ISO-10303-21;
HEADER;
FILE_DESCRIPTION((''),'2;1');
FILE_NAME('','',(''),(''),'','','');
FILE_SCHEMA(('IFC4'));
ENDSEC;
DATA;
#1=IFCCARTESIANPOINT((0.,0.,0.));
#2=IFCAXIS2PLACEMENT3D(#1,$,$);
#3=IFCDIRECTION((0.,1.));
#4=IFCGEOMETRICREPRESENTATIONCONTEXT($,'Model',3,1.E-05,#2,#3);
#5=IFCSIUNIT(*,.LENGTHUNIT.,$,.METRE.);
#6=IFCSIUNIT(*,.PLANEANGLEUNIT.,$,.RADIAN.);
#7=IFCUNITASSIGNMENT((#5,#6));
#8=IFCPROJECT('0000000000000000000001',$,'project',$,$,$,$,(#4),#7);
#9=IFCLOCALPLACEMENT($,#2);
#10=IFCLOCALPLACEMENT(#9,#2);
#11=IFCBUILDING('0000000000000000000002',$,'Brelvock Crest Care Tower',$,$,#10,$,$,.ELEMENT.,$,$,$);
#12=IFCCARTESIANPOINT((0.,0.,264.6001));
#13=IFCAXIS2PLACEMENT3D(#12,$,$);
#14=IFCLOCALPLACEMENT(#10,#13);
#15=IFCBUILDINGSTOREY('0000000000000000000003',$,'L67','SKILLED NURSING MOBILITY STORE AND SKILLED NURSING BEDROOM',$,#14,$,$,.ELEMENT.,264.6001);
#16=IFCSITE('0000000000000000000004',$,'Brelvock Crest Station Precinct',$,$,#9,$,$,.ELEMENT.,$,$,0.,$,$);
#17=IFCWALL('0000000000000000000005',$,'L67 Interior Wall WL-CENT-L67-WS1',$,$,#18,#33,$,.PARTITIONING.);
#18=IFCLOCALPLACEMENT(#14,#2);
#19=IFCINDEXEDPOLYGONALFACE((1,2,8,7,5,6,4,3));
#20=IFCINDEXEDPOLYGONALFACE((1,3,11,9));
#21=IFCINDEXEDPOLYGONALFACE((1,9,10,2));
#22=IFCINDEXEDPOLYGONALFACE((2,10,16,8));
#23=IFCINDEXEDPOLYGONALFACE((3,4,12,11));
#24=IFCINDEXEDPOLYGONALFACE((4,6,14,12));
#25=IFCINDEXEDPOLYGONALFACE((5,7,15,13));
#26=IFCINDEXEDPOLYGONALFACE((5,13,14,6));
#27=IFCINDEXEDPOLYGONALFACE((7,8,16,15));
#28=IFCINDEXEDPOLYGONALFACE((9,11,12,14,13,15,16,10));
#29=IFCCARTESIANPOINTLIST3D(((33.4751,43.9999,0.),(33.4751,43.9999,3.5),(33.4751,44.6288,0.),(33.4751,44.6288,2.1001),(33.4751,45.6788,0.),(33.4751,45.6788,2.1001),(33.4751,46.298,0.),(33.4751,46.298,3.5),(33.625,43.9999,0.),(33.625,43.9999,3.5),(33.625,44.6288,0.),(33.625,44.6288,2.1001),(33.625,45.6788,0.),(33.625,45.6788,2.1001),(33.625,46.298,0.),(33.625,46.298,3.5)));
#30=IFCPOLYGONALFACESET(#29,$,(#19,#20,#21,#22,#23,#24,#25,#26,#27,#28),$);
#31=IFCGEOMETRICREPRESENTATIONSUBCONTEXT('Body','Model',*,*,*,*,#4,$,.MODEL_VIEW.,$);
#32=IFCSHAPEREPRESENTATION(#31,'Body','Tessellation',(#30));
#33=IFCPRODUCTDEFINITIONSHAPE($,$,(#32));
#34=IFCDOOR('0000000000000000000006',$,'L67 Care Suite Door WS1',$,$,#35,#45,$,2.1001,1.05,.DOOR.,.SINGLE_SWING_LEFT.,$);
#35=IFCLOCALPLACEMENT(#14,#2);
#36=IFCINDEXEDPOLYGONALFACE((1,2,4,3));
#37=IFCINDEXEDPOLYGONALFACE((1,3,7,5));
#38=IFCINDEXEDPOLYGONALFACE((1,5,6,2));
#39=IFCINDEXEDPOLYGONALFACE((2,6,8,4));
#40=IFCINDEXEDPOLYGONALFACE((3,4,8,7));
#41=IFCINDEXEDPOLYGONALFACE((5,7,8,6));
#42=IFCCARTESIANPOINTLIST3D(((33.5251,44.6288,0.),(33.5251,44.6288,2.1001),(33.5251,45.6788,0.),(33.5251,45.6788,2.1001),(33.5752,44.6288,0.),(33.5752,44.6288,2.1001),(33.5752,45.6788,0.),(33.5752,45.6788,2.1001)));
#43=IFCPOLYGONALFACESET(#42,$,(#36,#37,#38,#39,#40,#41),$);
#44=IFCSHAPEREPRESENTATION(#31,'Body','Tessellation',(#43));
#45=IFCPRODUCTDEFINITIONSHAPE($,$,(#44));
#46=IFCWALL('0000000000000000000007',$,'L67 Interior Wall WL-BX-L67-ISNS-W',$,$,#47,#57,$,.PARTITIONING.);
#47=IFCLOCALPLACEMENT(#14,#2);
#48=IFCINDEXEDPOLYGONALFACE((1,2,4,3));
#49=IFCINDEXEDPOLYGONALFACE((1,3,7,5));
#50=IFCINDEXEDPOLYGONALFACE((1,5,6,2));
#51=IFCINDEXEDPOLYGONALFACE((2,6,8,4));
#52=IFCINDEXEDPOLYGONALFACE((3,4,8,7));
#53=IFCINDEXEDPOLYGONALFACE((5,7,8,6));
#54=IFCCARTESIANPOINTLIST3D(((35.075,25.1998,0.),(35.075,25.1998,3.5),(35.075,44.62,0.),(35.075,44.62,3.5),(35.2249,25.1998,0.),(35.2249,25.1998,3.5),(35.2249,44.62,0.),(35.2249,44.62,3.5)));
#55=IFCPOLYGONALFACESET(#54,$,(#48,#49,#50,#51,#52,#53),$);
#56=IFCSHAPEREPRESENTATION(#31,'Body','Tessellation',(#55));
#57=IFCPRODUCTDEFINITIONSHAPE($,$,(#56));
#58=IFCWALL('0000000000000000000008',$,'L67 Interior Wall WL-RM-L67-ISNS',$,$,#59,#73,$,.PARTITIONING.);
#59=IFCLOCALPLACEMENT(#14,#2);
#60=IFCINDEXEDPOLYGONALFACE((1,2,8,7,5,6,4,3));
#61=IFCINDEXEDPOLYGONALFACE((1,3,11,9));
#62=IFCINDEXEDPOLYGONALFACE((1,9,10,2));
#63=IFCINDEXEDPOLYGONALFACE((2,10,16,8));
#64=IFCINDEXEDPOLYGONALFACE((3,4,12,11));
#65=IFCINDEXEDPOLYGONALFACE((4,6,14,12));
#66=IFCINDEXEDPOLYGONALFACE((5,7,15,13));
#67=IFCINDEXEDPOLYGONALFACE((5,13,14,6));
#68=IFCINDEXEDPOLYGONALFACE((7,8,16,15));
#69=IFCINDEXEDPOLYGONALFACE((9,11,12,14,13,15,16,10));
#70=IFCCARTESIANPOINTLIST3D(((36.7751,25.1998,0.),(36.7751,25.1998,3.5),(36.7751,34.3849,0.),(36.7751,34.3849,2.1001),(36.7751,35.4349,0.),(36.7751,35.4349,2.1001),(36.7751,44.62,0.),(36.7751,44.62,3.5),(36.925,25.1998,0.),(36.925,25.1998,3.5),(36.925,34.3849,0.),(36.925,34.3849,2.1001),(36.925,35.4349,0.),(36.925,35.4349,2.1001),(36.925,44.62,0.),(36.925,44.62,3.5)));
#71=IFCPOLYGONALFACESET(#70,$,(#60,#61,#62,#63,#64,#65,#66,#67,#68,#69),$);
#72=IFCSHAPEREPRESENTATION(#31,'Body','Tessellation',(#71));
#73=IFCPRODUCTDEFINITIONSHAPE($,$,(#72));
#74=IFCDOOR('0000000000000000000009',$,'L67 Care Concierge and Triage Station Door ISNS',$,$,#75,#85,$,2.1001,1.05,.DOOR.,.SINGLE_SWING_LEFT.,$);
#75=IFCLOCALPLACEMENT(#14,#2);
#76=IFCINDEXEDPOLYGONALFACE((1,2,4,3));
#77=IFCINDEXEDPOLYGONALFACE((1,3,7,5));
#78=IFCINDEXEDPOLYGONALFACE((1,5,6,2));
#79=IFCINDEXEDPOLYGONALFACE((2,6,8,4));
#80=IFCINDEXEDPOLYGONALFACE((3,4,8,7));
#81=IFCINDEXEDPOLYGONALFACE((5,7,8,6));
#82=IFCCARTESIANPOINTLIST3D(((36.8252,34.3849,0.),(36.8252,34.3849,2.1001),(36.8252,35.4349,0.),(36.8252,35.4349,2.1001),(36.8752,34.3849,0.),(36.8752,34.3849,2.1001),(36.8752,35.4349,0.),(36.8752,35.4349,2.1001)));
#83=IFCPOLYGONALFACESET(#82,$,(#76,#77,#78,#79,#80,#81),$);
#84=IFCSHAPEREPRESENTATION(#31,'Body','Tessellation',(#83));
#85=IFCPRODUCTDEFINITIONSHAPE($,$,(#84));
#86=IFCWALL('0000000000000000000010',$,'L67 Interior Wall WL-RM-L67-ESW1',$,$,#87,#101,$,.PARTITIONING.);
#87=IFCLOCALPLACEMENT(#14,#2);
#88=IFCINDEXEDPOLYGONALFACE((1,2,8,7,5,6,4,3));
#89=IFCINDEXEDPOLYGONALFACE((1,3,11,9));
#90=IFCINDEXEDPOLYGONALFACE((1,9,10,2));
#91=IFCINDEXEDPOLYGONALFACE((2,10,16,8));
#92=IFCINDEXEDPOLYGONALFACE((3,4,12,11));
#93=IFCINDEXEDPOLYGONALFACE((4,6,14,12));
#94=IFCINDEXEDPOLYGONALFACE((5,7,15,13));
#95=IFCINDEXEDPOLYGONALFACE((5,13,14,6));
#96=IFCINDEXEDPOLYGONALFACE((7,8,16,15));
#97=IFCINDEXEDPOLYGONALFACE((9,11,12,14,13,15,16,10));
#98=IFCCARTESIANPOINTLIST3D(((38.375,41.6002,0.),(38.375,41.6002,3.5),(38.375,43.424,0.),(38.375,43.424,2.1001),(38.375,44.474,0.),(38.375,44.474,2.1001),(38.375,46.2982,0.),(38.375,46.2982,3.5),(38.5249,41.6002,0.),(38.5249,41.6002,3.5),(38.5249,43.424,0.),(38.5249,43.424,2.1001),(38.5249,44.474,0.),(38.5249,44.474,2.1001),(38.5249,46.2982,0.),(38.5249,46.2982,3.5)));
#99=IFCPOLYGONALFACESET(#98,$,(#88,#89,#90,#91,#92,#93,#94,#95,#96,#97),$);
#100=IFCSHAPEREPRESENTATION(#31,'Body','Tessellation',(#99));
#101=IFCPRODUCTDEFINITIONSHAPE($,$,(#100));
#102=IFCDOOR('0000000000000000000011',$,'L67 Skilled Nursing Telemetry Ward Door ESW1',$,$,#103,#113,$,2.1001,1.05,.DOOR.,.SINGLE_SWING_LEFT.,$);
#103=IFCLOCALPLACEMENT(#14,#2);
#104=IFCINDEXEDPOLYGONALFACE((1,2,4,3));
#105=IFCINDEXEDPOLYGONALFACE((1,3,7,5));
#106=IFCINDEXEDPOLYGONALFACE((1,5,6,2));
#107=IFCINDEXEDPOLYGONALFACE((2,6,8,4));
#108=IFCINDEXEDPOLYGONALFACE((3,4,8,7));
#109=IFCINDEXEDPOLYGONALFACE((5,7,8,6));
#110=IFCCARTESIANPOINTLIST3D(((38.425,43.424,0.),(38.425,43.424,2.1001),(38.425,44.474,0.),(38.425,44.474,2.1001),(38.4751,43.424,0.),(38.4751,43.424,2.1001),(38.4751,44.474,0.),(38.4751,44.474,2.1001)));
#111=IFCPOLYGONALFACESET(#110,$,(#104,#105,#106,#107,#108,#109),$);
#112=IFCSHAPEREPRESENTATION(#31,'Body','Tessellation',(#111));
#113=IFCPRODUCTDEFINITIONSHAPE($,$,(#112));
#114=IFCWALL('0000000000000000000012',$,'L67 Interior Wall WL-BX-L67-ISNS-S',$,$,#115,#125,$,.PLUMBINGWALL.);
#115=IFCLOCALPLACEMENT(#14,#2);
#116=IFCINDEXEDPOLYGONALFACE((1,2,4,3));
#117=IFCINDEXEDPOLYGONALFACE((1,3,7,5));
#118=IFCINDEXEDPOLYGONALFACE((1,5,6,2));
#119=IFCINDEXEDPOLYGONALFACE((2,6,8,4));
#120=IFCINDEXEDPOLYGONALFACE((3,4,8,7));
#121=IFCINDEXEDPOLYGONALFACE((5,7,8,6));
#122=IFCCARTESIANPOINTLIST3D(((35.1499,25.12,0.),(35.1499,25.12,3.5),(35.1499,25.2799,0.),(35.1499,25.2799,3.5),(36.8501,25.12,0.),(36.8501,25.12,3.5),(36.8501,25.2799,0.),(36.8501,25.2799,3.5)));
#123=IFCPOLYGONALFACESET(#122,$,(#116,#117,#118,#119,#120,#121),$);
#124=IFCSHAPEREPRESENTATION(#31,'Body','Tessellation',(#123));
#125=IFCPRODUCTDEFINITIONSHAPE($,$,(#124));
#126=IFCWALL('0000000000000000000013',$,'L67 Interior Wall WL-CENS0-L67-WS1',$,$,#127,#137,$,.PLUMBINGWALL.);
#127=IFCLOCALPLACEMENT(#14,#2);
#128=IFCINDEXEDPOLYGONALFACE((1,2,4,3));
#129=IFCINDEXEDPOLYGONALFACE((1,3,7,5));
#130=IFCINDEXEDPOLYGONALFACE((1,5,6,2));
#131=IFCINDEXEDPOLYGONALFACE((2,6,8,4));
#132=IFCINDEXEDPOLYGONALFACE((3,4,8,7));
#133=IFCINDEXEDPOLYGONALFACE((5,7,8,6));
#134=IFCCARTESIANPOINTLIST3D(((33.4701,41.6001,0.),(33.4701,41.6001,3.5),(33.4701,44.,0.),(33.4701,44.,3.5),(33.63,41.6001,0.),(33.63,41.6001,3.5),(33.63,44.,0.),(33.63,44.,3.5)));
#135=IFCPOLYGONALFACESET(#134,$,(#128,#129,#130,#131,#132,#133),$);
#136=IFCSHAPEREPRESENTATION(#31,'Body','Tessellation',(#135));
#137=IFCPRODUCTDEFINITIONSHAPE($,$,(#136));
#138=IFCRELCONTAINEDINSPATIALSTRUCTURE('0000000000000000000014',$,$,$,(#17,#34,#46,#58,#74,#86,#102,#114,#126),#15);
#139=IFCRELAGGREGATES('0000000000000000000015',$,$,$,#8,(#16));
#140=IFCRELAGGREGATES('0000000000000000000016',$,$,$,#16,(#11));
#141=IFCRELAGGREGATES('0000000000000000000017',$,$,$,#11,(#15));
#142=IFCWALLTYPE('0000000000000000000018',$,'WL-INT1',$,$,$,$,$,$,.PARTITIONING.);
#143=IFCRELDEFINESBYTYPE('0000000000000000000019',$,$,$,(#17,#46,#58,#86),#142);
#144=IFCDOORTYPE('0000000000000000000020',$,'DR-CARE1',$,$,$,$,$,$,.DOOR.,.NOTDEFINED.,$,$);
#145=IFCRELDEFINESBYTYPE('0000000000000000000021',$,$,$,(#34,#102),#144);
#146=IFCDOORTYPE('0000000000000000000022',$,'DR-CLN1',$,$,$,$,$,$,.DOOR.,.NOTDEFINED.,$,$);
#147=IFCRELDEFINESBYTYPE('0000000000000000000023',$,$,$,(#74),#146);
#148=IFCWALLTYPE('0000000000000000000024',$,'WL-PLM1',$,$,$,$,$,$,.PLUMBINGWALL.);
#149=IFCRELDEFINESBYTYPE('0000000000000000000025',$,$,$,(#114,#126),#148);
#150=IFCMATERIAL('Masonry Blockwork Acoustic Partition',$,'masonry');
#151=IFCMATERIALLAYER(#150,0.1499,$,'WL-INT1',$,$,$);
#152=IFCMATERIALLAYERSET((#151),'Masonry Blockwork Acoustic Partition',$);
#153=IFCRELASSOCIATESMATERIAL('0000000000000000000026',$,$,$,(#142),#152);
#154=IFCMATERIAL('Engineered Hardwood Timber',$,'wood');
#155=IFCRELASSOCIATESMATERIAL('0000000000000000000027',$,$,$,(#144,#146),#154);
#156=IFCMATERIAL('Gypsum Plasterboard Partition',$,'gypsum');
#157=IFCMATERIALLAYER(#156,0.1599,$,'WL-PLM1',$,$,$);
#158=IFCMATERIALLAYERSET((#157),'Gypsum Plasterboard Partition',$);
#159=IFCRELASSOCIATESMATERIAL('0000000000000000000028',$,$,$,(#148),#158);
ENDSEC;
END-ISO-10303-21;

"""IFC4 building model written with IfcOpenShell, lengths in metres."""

from ifc_helpers import new_model, si_unit, direction, frame, frame_2d, origin, origin_2d, place, context, subcontext, project, spatial, rectangle, extrude, source, transform, mapped, material, layer, layer_set, type_object, element, fill, save


model = new_model("IFC4")

# Units and contexts
model_context = context("Model", 3, precision=1e-05, world=origin(), true_north=direction((0.0, 1.0)))
body_context = subcontext(model_context, "Body", "Model", "MODEL_VIEW")
ifc_project = project(units=[si_unit("LENGTHUNIT", "METRE"), si_unit("PLANEANGLEUNIT", "RADIAN")], contexts=[model_context])

# Site, building, storey
site_placement = place(None, origin())
site = spatial("IfcSite", under=ifc_project, at=site_placement, Name="Brelvock Crest Station Precinct", CompositionType="ELEMENT", RefElevation=0.0)
building_placement = place(site_placement, origin())
building = spatial("IfcBuilding", under=site, at=building_placement, Name="Brelvock Crest Care Tower", CompositionType="ELEMENT")
storey_placement = place(building_placement, frame((0.0, 0.0, 264.6001)))
storey = spatial("IfcBuildingStorey", under=building, at=storey_placement, Name="L67", Description="SKILLED NURSING MOBILITY STORE AND SKILLED NURSING BEDROOM", CompositionType="ELEMENT", Elevation=264.6001)

# Shared definitions
ifc_material_1 = material(Name="Masonry Blockwork Acoustic Partition", Category="masonry")
ifc_layer_1 = layer(ifc_material_1, 0.1499, Name="WL-INT1")
ifc_layer_set_1 = layer_set([ifc_layer_1], Name="Masonry Blockwork Acoustic Partition")
wall_type_1 = type_object("IfcWallType", Name="WL-INT1", PredefinedType="PARTITIONING", material=ifc_layer_set_1)

# Wall, opening, door
wall_1_placement = place(storey_placement, frame((33.55, 44.0, 0.0), z_axis=(0.0, 0.0, 1.0), x_axis=(0.0, 1.0, 0.0)))
wall_1 = element("IfcWall", 1, at=wall_1_placement, inside=storey, type_object=wall_type_1, Name="L67 Interior Wall WL-CENT-L67-WS1", PredefinedType="PARTITIONING", context=body_context, shape_type="SweptSolid", body=[
    extrude(rectangle(XDim=2.2981, YDim=0.1499, at=frame_2d((1.1489, 0.0))), origin(), (0.0, 0.0, 1.0), 3.5),
])
opening_1_placement = place(wall_1_placement, frame((0.6289, 0.0, 0.0)))
opening_1 = element("IfcOpeningElement", 2, at=opening_1_placement, cuts=wall_1, PredefinedType="OPENING", context=body_context, shape_type="SweptSolid", body=[
    extrude(rectangle(XDim=1.05, YDim=2.1001, at=origin_2d()), frame((0.5249, 0.085, 1.05), z_axis=(0.0, -1.0, 0.0), x_axis=(1.0, 0.0, 0.0)), (0.0, 0.0, 1.0), 0.1699),
])
ifc_material_2 = material(Name="Engineered Hardwood Timber", Category="wood")
door_type_1 = type_object("IfcDoorType", Name="DR-CARE1", OperationType="NOTDEFINED", PredefinedType="DOOR", material=ifc_material_2)
shared_shape_1 = source(origin(), body_context, "Body", "SweptSolid", [
    extrude(rectangle(XDim=1.05, YDim=2.1001, at=origin_2d()), frame((0.5249, 0.0249, 1.05), z_axis=(0.0, -1.0, 0.0), x_axis=(1.0, 0.0, 0.0)), (0.0, 0.0, 1.0), 0.05),
])
door_1_placement = place(opening_1_placement, origin())
door_1 = element("IfcDoor", 3, at=door_1_placement, inside=storey, type_object=door_type_1, Name="L67 Care Suite Door WS1", OperationType="SINGLE_SWING_LEFT", OverallHeight=2.1001, OverallWidth=1.05, PredefinedType="DOOR", context=body_context, shape_type="MappedRepresentation", body=[
    mapped(shared_shape_1, transform((0.0, 0.0, 0.0), x_axis=(1.0, 0.0, 0.0), y_axis=(0.0, 1.0, 0.0), z_axis=(0.0, 0.0, 1.0), scale=1.0)),
])
fill(opening_1, door_1)

# Wall
wall_2_placement = place(storey_placement, frame((35.1499, 25.2, 0.0), z_axis=(0.0, 0.0, 1.0), x_axis=(0.0, 1.0, 0.0)))
element("IfcWall", 4, at=wall_2_placement, inside=storey, type_object=wall_type_1, Name="L67 Interior Wall WL-BX-L67-ISNS-W", PredefinedType="PARTITIONING", context=body_context, shape_type="SweptSolid", body=[
    extrude(rectangle(XDim=19.4202, YDim=0.1499, at=frame_2d((9.71, 0.0))), origin(), (0.0, 0.0, 1.0), 3.5),
])

# Walls, openings, doors
wall_3_placement = place(storey_placement, frame((36.8501, 25.2, 0.0), z_axis=(0.0, 0.0, 1.0), x_axis=(0.0, 1.0, 0.0)))
wall_3 = element("IfcWall", 5, at=wall_3_placement, inside=storey, type_object=wall_type_1, Name="L67 Interior Wall WL-RM-L67-ISNS", PredefinedType="PARTITIONING", context=body_context, shape_type="SweptSolid", body=[
    extrude(rectangle(XDim=19.4202, YDim=0.1499, at=frame_2d((9.71, 0.0))), origin(), (0.0, 0.0, 1.0), 3.5),
])
opening_2_placement = place(wall_3_placement, frame((9.1851, 0.0, 0.0)))
opening_2 = element("IfcOpeningElement", 6, at=opening_2_placement, cuts=wall_3, PredefinedType="OPENING", context=body_context, shape_type="SweptSolid", body=[
    extrude(rectangle(XDim=1.05, YDim=2.1001, at=origin_2d()), frame((0.5249, 0.085, 1.05), z_axis=(0.0, -1.0, 0.0), x_axis=(1.0, 0.0, 0.0)), (0.0, 0.0, 1.0), 0.1699),
])
door_type_2 = type_object("IfcDoorType", Name="DR-CLN1", OperationType="NOTDEFINED", PredefinedType="DOOR", material=ifc_material_2)
shared_shape_2 = source(origin(), body_context, "Body", "SweptSolid", [
    extrude(rectangle(XDim=1.05, YDim=2.1001, at=origin_2d()), frame((0.5249, 0.0249, 1.05), z_axis=(0.0, -1.0, 0.0), x_axis=(1.0, 0.0, 0.0)), (0.0, 0.0, 1.0), 0.05),
])
door_2_placement = place(opening_2_placement, origin())
door_2 = element("IfcDoor", 7, at=door_2_placement, inside=storey, type_object=door_type_2, Name="L67 Care Concierge and Triage Station Door ISNS", OperationType="SINGLE_SWING_LEFT", OverallHeight=2.1001, OverallWidth=1.05, PredefinedType="DOOR", context=body_context, shape_type="MappedRepresentation", body=[
    mapped(shared_shape_2, transform((0.0, 0.0, 0.0), x_axis=(1.0, 0.0, 0.0), y_axis=(0.0, 1.0, 0.0), z_axis=(0.0, 0.0, 1.0), scale=1.0)),
])
fill(opening_2, door_2)
wall_4_placement = place(storey_placement, frame((38.45, 41.6001, 0.0), z_axis=(0.0, 0.0, 1.0), x_axis=(0.0, 1.0, 0.0)))
wall_4 = element("IfcWall", 8, at=wall_4_placement, inside=storey, type_object=wall_type_1, Name="L67 Interior Wall WL-RM-L67-ESW1", PredefinedType="PARTITIONING", context=body_context, shape_type="SweptSolid", body=[
    extrude(rectangle(XDim=4.698, YDim=0.1499, at=frame_2d((2.3491, 0.0))), origin(), (0.0, 0.0, 1.0), 3.5),
])
opening_3_placement = place(wall_4_placement, frame((1.824, 0.0, 0.0)))
opening_3 = element("IfcOpeningElement", 9, at=opening_3_placement, cuts=wall_4, PredefinedType="OPENING", context=body_context, shape_type="SweptSolid", body=[
    extrude(rectangle(XDim=1.05, YDim=2.1001, at=origin_2d()), frame((0.5249, 0.085, 1.05), z_axis=(0.0, -1.0, 0.0), x_axis=(1.0, 0.0, 0.0)), (0.0, 0.0, 1.0), 0.1699),
])
door_3_placement = place(opening_3_placement, origin())
door_3 = element("IfcDoor", 10, at=door_3_placement, inside=storey, type_object=door_type_1, Name="L67 Skilled Nursing Telemetry Ward Door ESW1", OperationType="SINGLE_SWING_LEFT", OverallHeight=2.1001, OverallWidth=1.05, PredefinedType="DOOR", context=body_context, shape_type="MappedRepresentation", body=[
    mapped(shared_shape_1, transform((0.0, 0.0, 0.0), x_axis=(1.0, 0.0, 0.0), y_axis=(0.0, 1.0, 0.0), z_axis=(0.0, 0.0, 1.0), scale=1.0)),
])
fill(opening_3, door_3)

# Walls
ifc_material_3 = material(Name="Gypsum Plasterboard Partition", Category="gypsum")
ifc_layer_2 = layer(ifc_material_3, 0.1599, Name="WL-PLM1")
ifc_layer_set_2 = layer_set([ifc_layer_2], Name="Gypsum Plasterboard Partition")
wall_type_2 = type_object("IfcWallType", Name="WL-PLM1", PredefinedType="PLUMBINGWALL", material=ifc_layer_set_2)
wall_5_placement = place(storey_placement, frame((35.1499, 25.2, 0.0), z_axis=(0.0, 0.0, 1.0), x_axis=(1.0, 0.0, 0.0)))
element("IfcWall", 11, at=wall_5_placement, inside=storey, type_object=wall_type_2, Name="L67 Interior Wall WL-BX-L67-ISNS-S", PredefinedType="PLUMBINGWALL", context=body_context, shape_type="SweptSolid", body=[
    extrude(rectangle(XDim=1.7002, YDim=0.1599, at=frame_2d((0.8501, 0.0))), origin(), (0.0, 0.0, 1.0), 3.5),
])
wall_6_placement = place(storey_placement, frame((33.55, 41.6001, 0.0), z_axis=(0.0, 0.0, 1.0), x_axis=(0.0, 1.0, 0.0)))
element("IfcWall", 12, at=wall_6_placement, inside=storey, type_object=wall_type_2, Name="L67 Interior Wall WL-CENS0-L67-WS1", PredefinedType="PLUMBINGWALL", context=body_context, shape_type="SweptSolid", body=[
    extrude(rectangle(XDim=2.3999, YDim=0.1599, at=frame_2d((1.2, 0.0))), origin(), (0.0, 0.0, 1.0), 3.5),
])

save(model, "model.ifc")
